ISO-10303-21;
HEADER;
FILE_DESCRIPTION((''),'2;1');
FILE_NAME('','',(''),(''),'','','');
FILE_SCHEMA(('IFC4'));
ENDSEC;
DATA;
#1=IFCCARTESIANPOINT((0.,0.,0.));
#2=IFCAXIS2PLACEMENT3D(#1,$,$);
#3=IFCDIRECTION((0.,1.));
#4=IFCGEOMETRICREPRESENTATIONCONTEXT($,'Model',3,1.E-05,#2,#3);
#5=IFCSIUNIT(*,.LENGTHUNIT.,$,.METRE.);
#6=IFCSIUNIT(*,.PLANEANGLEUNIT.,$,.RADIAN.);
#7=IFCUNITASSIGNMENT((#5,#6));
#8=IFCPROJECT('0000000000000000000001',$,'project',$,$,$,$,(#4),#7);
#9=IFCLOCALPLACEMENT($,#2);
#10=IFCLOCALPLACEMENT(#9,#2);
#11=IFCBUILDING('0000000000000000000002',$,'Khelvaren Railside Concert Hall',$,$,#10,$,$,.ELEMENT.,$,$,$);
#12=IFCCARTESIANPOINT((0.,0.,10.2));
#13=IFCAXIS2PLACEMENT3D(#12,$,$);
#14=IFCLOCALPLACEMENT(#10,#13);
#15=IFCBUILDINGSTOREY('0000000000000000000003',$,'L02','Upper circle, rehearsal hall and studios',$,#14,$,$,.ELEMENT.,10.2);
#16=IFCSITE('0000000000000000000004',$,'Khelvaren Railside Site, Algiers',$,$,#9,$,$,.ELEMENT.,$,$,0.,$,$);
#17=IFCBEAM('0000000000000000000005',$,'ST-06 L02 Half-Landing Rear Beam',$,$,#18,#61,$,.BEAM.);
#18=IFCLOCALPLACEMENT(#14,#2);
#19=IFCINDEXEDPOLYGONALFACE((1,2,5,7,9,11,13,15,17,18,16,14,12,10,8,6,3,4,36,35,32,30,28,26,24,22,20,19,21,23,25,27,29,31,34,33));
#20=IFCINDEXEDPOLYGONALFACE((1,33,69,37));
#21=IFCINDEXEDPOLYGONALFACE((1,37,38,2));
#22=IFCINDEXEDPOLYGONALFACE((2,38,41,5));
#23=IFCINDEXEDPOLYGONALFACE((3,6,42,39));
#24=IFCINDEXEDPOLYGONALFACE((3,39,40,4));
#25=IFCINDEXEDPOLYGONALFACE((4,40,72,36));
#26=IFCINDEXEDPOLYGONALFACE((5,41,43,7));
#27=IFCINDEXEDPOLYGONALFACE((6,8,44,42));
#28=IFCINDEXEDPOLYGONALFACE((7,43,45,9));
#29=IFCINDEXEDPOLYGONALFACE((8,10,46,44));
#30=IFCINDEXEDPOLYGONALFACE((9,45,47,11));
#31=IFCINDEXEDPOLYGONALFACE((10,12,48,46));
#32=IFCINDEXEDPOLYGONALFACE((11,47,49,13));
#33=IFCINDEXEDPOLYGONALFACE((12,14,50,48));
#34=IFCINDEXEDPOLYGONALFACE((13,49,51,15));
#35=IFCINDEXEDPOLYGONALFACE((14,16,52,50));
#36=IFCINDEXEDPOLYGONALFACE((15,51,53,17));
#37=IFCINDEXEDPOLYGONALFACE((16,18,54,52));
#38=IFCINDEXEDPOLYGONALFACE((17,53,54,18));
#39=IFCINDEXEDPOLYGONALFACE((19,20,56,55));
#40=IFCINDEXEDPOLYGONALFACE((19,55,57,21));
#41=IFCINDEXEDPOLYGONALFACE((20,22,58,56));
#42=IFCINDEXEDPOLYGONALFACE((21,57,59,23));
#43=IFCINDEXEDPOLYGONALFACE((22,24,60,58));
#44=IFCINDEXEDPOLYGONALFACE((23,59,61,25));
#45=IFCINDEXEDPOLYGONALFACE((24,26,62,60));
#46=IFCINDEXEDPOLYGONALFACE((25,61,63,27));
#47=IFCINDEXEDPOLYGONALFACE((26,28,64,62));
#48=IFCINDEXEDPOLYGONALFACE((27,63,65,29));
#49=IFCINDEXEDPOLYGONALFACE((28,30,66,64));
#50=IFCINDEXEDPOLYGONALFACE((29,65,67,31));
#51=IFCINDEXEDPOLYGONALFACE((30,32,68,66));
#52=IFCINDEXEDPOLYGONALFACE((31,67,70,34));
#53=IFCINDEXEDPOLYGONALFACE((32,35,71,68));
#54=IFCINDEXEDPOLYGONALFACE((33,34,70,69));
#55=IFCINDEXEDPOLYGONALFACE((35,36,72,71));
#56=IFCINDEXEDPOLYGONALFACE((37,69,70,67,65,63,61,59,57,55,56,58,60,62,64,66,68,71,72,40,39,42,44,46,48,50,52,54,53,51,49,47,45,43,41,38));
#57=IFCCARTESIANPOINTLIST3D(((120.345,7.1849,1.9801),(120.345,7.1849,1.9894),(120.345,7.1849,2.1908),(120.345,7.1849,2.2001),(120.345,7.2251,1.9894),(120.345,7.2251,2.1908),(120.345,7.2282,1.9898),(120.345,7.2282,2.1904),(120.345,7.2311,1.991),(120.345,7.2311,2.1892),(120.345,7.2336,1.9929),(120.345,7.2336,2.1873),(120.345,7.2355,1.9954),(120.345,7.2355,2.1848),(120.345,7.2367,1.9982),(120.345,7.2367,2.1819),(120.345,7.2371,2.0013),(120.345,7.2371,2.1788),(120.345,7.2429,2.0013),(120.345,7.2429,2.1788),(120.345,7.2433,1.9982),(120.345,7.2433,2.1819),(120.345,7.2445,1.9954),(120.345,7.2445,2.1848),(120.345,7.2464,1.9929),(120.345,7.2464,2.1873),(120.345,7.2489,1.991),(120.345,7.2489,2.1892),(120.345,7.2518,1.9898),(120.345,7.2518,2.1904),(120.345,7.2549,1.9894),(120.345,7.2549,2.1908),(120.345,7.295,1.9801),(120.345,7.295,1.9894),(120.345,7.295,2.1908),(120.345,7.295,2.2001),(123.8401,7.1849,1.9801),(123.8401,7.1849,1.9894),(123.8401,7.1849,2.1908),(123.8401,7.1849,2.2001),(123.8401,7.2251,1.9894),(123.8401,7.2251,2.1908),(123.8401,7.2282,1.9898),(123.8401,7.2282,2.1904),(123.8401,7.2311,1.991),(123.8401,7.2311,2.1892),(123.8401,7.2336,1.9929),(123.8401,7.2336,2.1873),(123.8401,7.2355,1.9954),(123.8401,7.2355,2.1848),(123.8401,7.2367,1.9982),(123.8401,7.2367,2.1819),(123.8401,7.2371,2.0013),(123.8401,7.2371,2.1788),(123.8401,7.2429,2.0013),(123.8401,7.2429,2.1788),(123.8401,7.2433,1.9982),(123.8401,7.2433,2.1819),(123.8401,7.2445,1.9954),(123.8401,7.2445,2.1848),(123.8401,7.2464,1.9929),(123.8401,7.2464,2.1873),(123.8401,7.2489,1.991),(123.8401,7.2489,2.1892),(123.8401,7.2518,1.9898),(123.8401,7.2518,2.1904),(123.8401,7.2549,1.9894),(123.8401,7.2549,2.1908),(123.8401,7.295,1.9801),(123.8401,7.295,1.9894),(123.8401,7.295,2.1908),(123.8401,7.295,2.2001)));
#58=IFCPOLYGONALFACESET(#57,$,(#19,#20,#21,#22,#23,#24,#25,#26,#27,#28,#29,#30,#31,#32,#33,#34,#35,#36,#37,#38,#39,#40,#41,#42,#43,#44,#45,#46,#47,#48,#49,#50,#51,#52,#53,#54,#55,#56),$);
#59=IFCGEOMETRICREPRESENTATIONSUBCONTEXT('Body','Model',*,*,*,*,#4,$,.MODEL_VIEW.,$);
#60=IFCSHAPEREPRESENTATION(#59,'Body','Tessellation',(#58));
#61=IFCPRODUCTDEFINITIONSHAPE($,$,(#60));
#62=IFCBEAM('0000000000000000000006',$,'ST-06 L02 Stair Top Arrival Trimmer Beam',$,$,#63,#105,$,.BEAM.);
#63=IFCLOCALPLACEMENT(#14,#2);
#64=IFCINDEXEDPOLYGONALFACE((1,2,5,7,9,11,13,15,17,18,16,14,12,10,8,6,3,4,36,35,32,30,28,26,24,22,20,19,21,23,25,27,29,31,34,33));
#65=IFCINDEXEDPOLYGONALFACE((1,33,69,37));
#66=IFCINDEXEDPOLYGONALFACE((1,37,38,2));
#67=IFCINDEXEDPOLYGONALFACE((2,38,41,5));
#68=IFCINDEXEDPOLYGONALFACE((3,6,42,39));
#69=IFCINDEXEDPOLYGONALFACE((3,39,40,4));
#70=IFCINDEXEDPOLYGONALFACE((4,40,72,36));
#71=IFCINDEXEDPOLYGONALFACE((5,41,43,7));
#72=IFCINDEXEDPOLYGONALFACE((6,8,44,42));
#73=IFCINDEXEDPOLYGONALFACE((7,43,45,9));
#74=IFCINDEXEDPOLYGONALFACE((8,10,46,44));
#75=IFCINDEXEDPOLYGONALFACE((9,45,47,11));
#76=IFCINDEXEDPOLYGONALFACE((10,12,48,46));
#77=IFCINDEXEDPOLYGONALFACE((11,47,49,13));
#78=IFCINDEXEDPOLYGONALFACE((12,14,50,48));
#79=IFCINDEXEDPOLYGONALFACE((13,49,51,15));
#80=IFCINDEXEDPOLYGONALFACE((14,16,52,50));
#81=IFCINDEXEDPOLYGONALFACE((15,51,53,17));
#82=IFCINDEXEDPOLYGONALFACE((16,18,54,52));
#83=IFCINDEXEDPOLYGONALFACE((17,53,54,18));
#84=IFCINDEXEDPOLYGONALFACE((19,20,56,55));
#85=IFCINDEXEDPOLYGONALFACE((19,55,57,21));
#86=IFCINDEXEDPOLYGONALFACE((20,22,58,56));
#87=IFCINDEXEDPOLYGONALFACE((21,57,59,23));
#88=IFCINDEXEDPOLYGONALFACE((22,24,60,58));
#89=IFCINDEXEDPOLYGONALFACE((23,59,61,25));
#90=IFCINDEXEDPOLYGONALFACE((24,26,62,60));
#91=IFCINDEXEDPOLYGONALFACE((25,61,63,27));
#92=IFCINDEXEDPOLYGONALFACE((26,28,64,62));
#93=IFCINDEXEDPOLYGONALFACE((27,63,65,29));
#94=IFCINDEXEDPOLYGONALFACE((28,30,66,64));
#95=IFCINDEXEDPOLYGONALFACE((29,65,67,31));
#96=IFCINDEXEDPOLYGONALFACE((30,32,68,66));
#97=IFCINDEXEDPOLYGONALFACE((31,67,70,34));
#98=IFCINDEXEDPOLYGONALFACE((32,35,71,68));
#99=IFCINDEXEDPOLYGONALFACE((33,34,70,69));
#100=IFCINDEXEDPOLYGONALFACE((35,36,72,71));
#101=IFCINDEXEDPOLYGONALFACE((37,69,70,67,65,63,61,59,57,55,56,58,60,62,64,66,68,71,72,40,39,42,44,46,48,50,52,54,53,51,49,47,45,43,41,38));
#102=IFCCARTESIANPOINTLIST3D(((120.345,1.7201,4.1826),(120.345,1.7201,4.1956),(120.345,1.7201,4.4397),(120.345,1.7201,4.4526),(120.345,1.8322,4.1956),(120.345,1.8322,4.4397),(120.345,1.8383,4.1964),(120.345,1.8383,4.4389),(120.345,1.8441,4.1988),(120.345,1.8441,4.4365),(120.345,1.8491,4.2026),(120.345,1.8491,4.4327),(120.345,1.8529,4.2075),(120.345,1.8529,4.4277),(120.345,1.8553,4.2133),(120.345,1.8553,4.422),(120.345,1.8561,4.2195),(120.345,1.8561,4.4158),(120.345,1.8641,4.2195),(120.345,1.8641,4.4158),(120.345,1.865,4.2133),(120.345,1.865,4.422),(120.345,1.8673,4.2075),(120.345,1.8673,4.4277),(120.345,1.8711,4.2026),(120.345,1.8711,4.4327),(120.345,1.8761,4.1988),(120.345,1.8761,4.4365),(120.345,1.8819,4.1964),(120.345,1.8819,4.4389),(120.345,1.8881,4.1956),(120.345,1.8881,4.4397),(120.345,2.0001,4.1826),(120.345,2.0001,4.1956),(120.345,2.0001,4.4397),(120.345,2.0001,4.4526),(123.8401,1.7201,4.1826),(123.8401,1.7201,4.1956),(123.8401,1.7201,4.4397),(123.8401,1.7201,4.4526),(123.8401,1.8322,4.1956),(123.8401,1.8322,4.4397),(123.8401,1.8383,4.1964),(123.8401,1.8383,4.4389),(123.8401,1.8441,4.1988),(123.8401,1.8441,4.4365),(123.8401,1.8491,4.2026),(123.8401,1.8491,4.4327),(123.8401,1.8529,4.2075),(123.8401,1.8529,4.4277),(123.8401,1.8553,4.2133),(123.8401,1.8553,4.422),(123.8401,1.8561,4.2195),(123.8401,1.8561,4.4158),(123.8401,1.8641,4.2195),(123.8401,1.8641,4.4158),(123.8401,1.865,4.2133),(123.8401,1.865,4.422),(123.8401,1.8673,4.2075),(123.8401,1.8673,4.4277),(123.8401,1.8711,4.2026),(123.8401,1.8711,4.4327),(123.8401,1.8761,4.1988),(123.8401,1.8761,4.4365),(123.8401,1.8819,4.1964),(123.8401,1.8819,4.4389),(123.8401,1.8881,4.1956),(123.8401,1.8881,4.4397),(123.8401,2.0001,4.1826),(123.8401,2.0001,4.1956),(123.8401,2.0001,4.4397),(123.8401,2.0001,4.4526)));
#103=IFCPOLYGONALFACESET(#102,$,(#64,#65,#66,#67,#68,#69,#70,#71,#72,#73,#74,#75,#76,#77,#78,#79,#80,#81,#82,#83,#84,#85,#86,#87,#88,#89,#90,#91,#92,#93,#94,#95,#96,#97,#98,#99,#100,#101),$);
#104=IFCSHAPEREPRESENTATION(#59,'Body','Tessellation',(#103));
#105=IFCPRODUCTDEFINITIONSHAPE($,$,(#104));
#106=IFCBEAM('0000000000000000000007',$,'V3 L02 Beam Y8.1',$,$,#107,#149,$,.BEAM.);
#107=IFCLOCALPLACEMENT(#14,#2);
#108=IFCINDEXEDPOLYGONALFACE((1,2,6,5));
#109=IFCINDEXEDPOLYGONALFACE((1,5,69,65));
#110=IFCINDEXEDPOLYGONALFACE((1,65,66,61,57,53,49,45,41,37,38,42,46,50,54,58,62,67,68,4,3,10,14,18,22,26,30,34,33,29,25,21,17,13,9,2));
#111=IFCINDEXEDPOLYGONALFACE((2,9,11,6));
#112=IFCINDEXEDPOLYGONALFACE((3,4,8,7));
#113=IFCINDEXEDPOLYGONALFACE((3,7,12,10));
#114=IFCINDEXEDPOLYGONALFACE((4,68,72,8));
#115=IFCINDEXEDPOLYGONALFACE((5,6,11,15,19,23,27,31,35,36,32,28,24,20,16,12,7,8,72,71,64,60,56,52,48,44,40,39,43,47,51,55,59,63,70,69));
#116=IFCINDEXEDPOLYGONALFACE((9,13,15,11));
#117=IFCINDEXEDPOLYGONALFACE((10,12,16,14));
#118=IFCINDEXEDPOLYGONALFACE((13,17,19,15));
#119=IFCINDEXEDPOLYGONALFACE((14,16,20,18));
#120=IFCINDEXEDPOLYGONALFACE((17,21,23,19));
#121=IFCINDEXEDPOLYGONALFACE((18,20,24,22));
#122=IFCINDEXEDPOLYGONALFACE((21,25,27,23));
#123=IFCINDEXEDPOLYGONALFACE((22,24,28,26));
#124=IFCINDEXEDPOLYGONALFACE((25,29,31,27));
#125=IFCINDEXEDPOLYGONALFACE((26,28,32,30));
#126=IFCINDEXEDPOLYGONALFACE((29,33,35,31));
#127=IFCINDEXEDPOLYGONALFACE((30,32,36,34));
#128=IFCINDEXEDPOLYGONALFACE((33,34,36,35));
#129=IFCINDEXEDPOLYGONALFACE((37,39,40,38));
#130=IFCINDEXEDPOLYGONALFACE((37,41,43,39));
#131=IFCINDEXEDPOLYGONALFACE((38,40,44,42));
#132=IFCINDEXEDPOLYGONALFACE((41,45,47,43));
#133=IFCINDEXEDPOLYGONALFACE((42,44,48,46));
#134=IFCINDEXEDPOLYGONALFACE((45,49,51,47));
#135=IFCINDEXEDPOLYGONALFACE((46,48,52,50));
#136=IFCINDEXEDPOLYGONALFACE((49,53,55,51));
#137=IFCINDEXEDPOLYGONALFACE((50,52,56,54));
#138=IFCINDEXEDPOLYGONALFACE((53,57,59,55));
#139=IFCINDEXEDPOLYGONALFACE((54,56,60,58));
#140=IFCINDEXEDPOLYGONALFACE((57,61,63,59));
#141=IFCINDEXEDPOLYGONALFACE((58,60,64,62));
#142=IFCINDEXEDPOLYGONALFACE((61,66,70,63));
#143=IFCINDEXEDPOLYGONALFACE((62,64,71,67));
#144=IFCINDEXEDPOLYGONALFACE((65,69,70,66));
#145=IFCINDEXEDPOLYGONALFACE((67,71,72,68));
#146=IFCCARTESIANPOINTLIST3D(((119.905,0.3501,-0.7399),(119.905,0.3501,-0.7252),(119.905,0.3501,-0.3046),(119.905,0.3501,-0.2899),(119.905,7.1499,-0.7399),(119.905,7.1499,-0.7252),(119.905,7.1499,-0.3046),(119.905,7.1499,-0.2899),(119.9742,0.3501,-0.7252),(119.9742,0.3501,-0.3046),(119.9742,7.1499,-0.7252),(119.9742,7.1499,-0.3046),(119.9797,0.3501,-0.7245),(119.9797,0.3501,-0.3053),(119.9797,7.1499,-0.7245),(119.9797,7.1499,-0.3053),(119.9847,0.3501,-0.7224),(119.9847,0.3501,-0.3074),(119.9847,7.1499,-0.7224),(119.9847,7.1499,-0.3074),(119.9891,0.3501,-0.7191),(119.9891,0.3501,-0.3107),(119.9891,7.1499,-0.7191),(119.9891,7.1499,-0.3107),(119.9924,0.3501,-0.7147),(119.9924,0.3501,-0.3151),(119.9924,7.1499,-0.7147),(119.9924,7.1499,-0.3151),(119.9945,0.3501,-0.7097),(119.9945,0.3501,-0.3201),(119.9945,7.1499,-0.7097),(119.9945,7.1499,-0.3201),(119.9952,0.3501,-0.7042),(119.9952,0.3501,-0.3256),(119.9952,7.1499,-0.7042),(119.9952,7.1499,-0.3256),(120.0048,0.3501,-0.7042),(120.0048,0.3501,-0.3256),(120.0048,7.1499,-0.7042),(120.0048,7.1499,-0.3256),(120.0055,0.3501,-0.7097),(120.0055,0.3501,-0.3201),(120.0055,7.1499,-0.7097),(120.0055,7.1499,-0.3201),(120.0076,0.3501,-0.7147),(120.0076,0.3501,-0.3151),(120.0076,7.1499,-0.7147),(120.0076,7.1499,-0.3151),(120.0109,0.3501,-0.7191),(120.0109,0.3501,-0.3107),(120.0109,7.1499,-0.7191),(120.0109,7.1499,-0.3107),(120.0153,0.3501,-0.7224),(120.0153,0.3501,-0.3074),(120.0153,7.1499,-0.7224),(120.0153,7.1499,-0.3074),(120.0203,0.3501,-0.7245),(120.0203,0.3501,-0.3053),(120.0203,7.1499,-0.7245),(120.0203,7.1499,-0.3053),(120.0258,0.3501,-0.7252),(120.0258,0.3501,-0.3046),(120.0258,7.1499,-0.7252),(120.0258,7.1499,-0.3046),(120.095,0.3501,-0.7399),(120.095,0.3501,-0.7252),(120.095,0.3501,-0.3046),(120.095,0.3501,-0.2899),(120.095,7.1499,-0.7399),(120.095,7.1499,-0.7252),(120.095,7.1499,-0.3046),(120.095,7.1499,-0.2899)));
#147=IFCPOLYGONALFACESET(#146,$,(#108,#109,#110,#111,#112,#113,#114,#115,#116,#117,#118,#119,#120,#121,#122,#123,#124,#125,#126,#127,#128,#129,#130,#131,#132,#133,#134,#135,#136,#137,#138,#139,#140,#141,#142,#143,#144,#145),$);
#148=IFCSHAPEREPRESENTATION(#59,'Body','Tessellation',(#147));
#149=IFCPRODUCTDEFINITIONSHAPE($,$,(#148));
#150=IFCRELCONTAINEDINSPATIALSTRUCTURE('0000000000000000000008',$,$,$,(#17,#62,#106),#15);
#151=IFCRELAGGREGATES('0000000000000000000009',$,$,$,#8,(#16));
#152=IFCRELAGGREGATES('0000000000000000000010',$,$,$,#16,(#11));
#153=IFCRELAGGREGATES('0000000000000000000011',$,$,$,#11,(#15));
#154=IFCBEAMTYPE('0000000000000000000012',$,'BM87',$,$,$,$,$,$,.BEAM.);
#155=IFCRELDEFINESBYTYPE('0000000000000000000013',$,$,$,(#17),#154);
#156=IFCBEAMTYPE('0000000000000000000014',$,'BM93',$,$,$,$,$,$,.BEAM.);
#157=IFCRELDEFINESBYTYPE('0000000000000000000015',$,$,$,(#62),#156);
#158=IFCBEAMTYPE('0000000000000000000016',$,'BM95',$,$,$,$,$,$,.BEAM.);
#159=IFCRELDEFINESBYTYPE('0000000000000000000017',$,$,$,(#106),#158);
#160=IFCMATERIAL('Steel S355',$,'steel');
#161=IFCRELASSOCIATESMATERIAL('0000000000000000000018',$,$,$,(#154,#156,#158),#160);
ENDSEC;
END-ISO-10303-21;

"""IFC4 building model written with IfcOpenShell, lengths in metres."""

from ifc_helpers import new_model, si_unit, direction, frame, origin, origin_2d, place, context, subcontext, project, spatial, i_section, extrude, material, material_profile, profile_set, type_object, element, save


model = new_model("IFC4")

# Units and contexts
model_context = context("Model", 3, precision=1e-05, world=origin(), true_north=direction((0.0, 1.0)))
body_context = subcontext(model_context, "Body", "Model", "MODEL_VIEW")
ifc_project = project(units=[si_unit("LENGTHUNIT", "METRE"), si_unit("PLANEANGLEUNIT", "RADIAN")], contexts=[model_context])

# Site, building, storey
site_placement = place(None, origin())
site = spatial("IfcSite", under=ifc_project, at=site_placement, Name="Khelvaren Railside Site, Algiers", CompositionType="ELEMENT", RefElevation=0.0)
building_placement = place(site_placement, origin())
building = spatial("IfcBuilding", under=site, at=building_placement, Name="Khelvaren Railside Concert Hall", CompositionType="ELEMENT")
storey_placement = place(building_placement, frame((0.0, 0.0, 10.2)))
storey = spatial("IfcBuildingStorey", under=building, at=storey_placement, Name="L02", Description="Upper circle, rehearsal hall and studios", CompositionType="ELEMENT", Elevation=10.2)

# Beams
ifc_material_1 = material(Name="Steel S355", Category="steel")
ifc_material_profile_1 = material_profile(ifc_material_1, i_section(OverallWidth=0.1101, OverallDepth=0.22, WebThickness=0.0059, FlangeThickness=0.0093, FilletRadius=0.012, at=origin_2d()), Name="IPE 220")
ifc_profile_set_1 = profile_set([ifc_material_profile_1], Name="Steel S355")
beam_type_1 = type_object("IfcBeamType", Name="BM87", PredefinedType="BEAM", material=ifc_profile_set_1)
for number, where, z_axis, x_axis, name in (
    (1, (120.345, 7.24, 2.0901), (1.0, 0.0, 0.0), (0.0, 1.0, 0.0), "ST-06 L02 Half-Landing Rear Beam"),
):
    element("IfcBeam", number, at=place(storey_placement, frame(where, z_axis=z_axis, x_axis=x_axis)), inside=storey, type_object=beam_type_1, Name=name, PredefinedType="BEAM", context=body_context, shape_type="SweptSolid", body=[
        extrude(i_section(OverallWidth=0.1101, OverallDepth=0.22, WebThickness=0.0059, FlangeThickness=0.0093, FilletRadius=0.012, at=origin_2d()), origin(), (0.0, 0.0, 1.0), 3.4951),
    ])
ifc_material_profile_2 = material_profile(ifc_material_1, i_section(OverallWidth=0.28, OverallDepth=0.27, WebThickness=0.0081, FlangeThickness=0.0129, FilletRadius=0.0239, at=origin_2d()), Name="HEA 280")
ifc_profile_set_2 = profile_set([ifc_material_profile_2], Name="Steel S355")
beam_type_2 = type_object("IfcBeamType", Name="BM93", PredefinedType="BEAM", material=ifc_profile_set_2)
beam_1_placement = place(storey_placement, frame((120.345, 1.8601, 4.3176), z_axis=(1.0, 0.0, 0.0), x_axis=(0.0, 1.0, 0.0)))
element("IfcBeam", 2, at=beam_1_placement, inside=storey, type_object=beam_type_2, Name="ST-06 L02 Stair Top Arrival Trimmer Beam", PredefinedType="BEAM", context=body_context, shape_type="SweptSolid", body=[
    extrude(i_section(OverallWidth=0.28, OverallDepth=0.27, WebThickness=0.0081, FlangeThickness=0.0129, FilletRadius=0.0239, at=origin_2d()), origin(), (0.0, 0.0, 1.0), 3.4951),
])
ifc_material_profile_3 = material_profile(ifc_material_1, i_section(OverallWidth=0.1899, OverallDepth=0.45, WebThickness=0.0095, FlangeThickness=0.0146, FilletRadius=0.021, at=origin_2d()), Name="IPE 450")
ifc_profile_set_3 = profile_set([ifc_material_profile_3], Name="Steel S355")
beam_type_3 = type_object("IfcBeamType", Name="BM95", PredefinedType="BEAM", material=ifc_profile_set_3)
beam_2_placement = place(storey_placement, frame((120.0, 0.3501, -0.5149), z_axis=(0.0, 1.0, 0.0), x_axis=(-1.0, 0.0, 0.0)))
element("IfcBeam", 3, at=beam_2_placement, inside=storey, type_object=beam_type_3, Name="V3 L02 Beam Y8.1", PredefinedType="BEAM", context=body_context, shape_type="SweptSolid", body=[
    extrude(i_section(OverallWidth=0.1899, OverallDepth=0.45, WebThickness=0.0095, FlangeThickness=0.0146, FilletRadius=0.021, at=origin_2d()), origin(), (0.0, 0.0, 1.0), 6.7998),
])

save(model, "model.ifc")
